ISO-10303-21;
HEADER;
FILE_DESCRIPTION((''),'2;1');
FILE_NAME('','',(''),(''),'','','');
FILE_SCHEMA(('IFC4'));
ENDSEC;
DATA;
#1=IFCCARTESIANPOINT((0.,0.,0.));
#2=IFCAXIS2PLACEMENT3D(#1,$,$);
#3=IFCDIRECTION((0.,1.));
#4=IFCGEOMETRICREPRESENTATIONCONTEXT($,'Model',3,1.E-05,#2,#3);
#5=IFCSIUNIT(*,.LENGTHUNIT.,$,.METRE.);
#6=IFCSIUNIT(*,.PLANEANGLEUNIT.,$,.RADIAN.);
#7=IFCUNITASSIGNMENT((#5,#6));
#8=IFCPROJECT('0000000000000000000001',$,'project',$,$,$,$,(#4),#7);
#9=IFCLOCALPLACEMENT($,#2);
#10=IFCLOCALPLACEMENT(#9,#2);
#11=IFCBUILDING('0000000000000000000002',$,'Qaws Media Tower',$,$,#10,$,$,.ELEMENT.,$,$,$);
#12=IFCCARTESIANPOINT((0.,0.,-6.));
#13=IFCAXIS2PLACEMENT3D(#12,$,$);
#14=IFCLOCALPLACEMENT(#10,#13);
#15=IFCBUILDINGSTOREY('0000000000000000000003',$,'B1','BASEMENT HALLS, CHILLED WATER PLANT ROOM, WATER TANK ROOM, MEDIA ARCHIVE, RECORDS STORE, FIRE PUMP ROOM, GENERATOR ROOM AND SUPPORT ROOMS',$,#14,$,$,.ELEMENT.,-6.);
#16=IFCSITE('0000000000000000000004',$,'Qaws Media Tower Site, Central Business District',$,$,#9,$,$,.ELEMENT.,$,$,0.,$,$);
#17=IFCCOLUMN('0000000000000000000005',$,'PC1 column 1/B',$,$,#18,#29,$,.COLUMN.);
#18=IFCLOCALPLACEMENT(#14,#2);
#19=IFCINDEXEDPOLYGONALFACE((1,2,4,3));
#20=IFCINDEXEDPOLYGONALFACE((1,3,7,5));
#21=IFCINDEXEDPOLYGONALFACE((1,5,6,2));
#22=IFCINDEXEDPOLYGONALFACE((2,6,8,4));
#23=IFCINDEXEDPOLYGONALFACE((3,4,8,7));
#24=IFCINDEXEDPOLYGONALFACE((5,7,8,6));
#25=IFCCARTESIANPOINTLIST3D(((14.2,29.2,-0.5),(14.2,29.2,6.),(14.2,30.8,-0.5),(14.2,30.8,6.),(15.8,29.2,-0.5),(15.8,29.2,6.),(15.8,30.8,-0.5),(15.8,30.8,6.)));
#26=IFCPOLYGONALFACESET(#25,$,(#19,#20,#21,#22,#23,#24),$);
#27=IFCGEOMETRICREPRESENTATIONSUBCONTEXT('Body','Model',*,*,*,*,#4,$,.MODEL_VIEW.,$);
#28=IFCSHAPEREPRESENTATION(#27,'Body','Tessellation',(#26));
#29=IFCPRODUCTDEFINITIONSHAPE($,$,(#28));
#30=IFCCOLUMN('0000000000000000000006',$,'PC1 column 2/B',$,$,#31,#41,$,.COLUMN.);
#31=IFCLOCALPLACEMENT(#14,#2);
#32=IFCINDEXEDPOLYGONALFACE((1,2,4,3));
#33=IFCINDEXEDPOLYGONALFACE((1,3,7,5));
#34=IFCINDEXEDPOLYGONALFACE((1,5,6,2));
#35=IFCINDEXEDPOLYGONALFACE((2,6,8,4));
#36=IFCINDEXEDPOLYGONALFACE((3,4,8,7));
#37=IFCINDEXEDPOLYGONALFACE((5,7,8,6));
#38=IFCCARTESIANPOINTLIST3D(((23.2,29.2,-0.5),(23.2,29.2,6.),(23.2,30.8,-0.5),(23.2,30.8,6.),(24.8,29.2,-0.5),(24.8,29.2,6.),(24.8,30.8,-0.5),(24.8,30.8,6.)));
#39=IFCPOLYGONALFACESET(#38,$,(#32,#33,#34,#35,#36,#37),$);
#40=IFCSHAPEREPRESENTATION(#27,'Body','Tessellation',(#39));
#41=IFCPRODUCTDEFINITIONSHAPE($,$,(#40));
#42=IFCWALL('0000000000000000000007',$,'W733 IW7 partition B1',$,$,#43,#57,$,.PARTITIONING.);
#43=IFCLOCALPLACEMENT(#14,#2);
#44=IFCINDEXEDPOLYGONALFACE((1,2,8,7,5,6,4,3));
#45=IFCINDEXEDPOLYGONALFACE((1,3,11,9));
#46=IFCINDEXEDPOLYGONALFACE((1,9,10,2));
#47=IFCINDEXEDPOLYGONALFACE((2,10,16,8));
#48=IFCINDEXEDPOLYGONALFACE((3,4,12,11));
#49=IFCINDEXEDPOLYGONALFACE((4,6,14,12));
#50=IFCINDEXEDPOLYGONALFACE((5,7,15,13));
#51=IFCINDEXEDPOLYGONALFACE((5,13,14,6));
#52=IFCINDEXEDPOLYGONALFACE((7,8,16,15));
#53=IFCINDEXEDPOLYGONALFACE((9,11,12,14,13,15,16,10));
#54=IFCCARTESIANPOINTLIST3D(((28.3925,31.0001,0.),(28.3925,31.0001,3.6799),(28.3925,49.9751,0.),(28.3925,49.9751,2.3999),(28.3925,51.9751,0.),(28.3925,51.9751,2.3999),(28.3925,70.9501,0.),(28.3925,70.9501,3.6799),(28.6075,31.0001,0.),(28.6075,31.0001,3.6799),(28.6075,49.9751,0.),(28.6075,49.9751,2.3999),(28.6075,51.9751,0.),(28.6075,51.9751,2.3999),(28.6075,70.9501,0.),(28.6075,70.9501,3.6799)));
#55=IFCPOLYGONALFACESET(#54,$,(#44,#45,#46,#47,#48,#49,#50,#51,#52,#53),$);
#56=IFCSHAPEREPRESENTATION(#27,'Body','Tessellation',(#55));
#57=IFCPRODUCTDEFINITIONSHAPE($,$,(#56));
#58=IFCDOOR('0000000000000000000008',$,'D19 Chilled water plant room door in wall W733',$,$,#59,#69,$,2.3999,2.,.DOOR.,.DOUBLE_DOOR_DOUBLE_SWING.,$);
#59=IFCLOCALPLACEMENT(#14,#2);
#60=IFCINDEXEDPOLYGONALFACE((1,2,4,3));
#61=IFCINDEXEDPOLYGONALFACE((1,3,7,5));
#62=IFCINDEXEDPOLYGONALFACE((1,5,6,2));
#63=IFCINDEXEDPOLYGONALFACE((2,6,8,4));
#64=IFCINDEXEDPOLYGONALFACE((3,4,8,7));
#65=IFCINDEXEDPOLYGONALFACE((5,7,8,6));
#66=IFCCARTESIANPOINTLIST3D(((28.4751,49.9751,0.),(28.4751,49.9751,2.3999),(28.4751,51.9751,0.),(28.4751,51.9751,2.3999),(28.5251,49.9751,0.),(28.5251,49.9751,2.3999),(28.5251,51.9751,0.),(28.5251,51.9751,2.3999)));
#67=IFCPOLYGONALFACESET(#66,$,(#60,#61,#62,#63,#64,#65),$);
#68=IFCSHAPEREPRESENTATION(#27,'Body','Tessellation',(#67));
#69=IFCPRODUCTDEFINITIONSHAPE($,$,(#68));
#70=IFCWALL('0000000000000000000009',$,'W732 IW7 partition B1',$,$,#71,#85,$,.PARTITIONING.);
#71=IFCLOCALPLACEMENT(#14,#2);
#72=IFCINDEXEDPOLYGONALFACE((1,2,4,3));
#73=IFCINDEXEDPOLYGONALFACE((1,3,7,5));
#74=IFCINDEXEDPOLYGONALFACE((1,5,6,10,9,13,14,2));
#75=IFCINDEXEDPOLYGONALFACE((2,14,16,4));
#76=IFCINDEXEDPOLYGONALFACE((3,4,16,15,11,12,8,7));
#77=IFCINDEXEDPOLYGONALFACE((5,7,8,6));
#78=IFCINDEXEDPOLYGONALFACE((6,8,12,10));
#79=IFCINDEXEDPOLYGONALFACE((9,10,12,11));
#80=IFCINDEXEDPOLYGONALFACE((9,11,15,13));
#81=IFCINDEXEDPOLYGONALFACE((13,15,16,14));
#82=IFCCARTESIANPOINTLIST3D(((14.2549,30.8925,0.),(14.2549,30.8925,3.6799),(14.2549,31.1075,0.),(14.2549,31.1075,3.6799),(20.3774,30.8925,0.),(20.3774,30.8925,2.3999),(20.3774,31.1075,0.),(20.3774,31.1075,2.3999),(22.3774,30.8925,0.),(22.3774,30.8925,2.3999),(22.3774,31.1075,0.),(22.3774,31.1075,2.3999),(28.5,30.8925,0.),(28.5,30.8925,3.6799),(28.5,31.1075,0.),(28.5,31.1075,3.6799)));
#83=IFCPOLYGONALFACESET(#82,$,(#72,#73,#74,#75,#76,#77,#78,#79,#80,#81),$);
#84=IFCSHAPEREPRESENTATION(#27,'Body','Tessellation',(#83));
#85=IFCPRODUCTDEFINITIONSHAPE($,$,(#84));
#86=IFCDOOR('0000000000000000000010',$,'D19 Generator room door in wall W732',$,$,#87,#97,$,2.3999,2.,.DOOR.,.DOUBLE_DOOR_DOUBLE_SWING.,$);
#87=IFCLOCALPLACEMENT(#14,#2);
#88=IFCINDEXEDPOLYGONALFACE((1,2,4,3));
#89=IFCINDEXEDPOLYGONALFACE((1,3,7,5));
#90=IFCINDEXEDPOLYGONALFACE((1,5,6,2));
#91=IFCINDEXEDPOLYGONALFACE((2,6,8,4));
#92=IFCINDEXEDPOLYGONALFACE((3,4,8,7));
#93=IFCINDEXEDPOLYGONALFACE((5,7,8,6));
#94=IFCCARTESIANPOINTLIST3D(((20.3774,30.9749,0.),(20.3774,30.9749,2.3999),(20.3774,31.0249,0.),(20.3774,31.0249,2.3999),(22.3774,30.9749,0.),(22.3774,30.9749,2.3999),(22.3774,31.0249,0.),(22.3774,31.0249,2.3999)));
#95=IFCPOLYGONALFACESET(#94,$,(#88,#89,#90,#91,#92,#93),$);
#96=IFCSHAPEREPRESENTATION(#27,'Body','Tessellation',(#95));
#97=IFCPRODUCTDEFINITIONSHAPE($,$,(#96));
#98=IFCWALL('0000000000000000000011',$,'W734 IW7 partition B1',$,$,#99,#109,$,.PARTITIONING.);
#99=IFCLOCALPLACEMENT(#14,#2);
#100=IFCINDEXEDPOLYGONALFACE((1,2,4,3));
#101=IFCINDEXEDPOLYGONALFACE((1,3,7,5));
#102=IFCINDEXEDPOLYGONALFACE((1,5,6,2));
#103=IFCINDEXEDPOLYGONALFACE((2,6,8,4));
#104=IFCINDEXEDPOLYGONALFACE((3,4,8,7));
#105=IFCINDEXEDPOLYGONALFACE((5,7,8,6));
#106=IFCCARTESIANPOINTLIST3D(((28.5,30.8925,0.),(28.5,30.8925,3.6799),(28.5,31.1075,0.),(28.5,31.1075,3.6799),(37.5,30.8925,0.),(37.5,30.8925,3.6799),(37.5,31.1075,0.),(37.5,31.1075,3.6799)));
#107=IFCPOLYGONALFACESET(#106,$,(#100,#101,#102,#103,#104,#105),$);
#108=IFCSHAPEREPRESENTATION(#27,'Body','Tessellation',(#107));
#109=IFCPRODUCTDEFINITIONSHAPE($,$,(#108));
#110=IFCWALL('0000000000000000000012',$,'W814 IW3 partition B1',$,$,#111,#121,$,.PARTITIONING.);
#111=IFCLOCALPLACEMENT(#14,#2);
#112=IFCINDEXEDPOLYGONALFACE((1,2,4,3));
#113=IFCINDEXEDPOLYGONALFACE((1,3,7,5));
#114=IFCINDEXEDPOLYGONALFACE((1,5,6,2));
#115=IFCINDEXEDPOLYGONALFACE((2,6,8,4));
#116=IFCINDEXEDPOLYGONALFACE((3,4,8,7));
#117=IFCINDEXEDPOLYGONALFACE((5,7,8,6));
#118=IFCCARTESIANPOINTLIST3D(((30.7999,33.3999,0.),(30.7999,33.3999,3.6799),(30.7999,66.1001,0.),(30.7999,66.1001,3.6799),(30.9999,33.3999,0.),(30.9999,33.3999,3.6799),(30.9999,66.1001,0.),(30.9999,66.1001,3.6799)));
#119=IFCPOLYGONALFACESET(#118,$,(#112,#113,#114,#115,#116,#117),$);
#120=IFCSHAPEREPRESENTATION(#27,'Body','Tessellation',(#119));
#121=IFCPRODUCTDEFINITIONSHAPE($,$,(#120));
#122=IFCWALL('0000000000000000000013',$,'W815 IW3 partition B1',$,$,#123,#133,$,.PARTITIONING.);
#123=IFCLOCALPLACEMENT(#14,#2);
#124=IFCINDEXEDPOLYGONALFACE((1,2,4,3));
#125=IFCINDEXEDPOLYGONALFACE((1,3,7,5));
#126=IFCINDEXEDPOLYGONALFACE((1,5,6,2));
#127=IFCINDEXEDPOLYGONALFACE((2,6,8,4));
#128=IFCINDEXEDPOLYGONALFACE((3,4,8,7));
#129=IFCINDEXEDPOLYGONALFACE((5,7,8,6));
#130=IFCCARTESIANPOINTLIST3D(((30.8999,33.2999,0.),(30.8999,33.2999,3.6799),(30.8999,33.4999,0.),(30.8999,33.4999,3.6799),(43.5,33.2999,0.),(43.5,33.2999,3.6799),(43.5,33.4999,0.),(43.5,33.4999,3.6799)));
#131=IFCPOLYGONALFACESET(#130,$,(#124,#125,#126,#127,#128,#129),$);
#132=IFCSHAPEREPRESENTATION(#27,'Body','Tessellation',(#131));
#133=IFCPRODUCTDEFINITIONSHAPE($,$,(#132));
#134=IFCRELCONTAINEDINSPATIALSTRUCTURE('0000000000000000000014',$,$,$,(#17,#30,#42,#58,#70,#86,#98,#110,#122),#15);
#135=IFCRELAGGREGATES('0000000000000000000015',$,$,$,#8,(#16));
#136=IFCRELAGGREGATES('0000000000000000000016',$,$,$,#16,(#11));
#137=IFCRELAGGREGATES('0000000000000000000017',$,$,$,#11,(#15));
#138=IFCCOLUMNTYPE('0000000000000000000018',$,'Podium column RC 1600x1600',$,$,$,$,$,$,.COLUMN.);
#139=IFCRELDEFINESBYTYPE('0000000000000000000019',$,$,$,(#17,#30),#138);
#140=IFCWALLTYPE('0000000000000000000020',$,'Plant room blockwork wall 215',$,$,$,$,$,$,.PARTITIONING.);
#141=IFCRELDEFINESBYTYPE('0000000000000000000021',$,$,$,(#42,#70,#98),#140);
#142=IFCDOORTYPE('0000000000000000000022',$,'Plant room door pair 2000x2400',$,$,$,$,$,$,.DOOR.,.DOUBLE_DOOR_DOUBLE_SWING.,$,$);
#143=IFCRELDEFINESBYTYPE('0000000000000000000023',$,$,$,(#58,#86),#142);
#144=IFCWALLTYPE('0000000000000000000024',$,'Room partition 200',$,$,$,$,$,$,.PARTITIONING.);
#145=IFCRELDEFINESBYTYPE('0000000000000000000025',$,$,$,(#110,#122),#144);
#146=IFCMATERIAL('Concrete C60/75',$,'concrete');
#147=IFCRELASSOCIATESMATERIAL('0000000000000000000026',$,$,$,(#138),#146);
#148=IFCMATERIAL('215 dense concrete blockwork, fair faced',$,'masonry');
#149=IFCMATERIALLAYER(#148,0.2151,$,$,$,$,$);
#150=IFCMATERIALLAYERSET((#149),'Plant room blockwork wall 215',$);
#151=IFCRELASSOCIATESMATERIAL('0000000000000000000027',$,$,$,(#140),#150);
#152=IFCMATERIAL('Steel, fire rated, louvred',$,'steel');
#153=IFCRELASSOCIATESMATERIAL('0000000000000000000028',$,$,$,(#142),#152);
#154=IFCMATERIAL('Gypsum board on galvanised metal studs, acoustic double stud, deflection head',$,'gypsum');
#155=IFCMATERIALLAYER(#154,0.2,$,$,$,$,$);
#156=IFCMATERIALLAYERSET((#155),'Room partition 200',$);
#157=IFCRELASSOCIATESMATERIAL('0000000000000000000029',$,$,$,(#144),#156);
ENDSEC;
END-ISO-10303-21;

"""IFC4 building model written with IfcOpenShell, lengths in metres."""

from ifc_helpers import new_model, si_unit, direction, frame, frame_2d, origin, origin_2d, place, context, subcontext, project, spatial, rectangle, extrude, material, layer, layer_set, material_profile, profile_set, type_object, element, fill, save


model = new_model("IFC4")

# Units and contexts
model_context = context("Model", 3, precision=1e-05, world=origin(), true_north=direction((0.0, 1.0)))
body_context = subcontext(model_context, "Body", "Model", "MODEL_VIEW")
ifc_project = project(units=[si_unit("LENGTHUNIT", "METRE"), si_unit("PLANEANGLEUNIT", "RADIAN")], contexts=[model_context])

# Site, building, storey
site_placement = place(None, origin())
site = spatial("IfcSite", under=ifc_project, at=site_placement, Name="Qaws Media Tower Site, Central Business District", CompositionType="ELEMENT", RefElevation=0.0)
building_placement = place(site_placement, origin())
building = spatial("IfcBuilding", under=site, at=building_placement, Name="Qaws Media Tower", CompositionType="ELEMENT")
storey_placement = place(building_placement, frame((0.0, 0.0, -6.0)))
storey = spatial("IfcBuildingStorey", under=building, at=storey_placement, Name="B1", Description="BASEMENT HALLS, CHILLED WATER PLANT ROOM, WATER TANK ROOM, MEDIA ARCHIVE, RECORDS STORE, FIRE PUMP ROOM, GENERATOR ROOM AND SUPPORT ROOMS", CompositionType="ELEMENT", Elevation=-6.0)

# Columns
ifc_material_1 = material(Name="Concrete C60/75", Category="concrete")
ifc_material_profile_1 = material_profile(ifc_material_1, rectangle(XDim=1.6001, YDim=1.6001, at=origin_2d()), Name="RC 1600x1600")
ifc_profile_set_1 = profile_set([ifc_material_profile_1], Name="Concrete C60/75")
column_type = type_object("IfcColumnType", Name="Podium column RC 1600x1600", PredefinedType="COLUMN", material=ifc_profile_set_1)
for number, where, z_axis, x_axis, name in (
    (1, (15.0, 30.0, -0.5), (0.0, 0.0, 1.0), (1.0, 0.0, 0.0), "PC1 column 1/B"),
    (2, (24.0, 30.0, -0.5), (0.0, 0.0, 1.0), (1.0, 0.0, 0.0), "PC1 column 2/B"),
):
    element("IfcColumn", number, at=place(storey_placement, frame(where, z_axis=z_axis, x_axis=x_axis)), inside=storey, type_object=column_type, Name=name, PredefinedType="COLUMN", context=body_context, shape_type="SweptSolid", body=[
        extrude(rectangle(XDim=1.6001, YDim=1.6001, at=origin_2d()), origin(), (0.0, 0.0, 1.0), 6.5),
    ])

# Walls, openings, doors
ifc_material_2 = material(Name="215 dense concrete blockwork, fair faced", Category="masonry")
ifc_layer_1 = layer(ifc_material_2, 0.2151)
ifc_layer_set_1 = layer_set([ifc_layer_1], Name="Plant room blockwork wall 215")
wall_type_1 = type_object("IfcWallType", Name="Plant room blockwork wall 215", PredefinedType="PARTITIONING", material=ifc_layer_set_1)
wall_1_placement = place(storey_placement, frame((28.5, 31.0, 0.0), z_axis=(0.0, 0.0, 1.0), x_axis=(0.0, 1.0, 0.0)))
wall_1 = element("IfcWall", 3, at=wall_1_placement, inside=storey, type_object=wall_type_1, Name="W733 IW7 partition B1", PredefinedType="PARTITIONING", context=body_context, shape_type="SweptSolid", body=[
    extrude(rectangle(XDim=39.95, YDim=0.2151, at=frame_2d((19.9751, 0.0))), origin(), (0.0, 0.0, 1.0), 3.6799),
])
opening_1_placement = place(wall_1_placement, frame((18.9751, 0.0, 0.0)))
opening_1 = element("IfcOpeningElement", 4, at=opening_1_placement, cuts=wall_1, PredefinedType="OPENING", context=body_context, shape_type="SweptSolid", body=[
    extrude(rectangle(XDim=2.0, YDim=2.3999, at=frame_2d((1.0, 1.2))), frame((0.0, 0.1174, 0.0), z_axis=(0.0, -1.0, 0.0), x_axis=(1.0, 0.0, 0.0)), (0.0, 0.0, 1.0), 0.2351),
])
ifc_material_3 = material(Name="Steel, fire rated, louvred", Category="steel")
door_type = type_object("IfcDoorType", Name="Plant room door pair 2000x2400", OperationType="DOUBLE_DOOR_DOUBLE_SWING", PredefinedType="DOOR", material=ifc_material_3)
door_1_placement = place(opening_1_placement, origin())
door_1 = element("IfcDoor", 5, at=door_1_placement, inside=storey, type_object=door_type, Name="D19 Chilled water plant room door in wall W733", OperationType="DOUBLE_DOOR_DOUBLE_SWING", OverallHeight=2.3999, OverallWidth=2.0, PredefinedType="DOOR", context=body_context, shape_type="SweptSolid", body=[
    extrude(rectangle(XDim=2.0, YDim=2.3999, at=frame_2d((1.0, 1.2))), frame((0.0, 0.0249, 0.0), z_axis=(0.0, -1.0, 0.0), x_axis=(1.0, 0.0, 0.0)), (0.0, 0.0, 1.0), 0.05),
])
fill(opening_1, door_1)
wall_2_placement = place(storey_placement, frame((14.2549, 31.0, 0.0), z_axis=(0.0, 0.0, 1.0), x_axis=(1.0, 0.0, 0.0)))
wall_2 = element("IfcWall", 6, at=wall_2_placement, inside=storey, type_object=wall_type_1, Name="W732 IW7 partition B1", PredefinedType="PARTITIONING", context=body_context, shape_type="SweptSolid", body=[
    extrude(rectangle(XDim=14.2451, YDim=0.2151, at=frame_2d((7.1226, 0.0))), origin(), (0.0, 0.0, 1.0), 3.6799),
])
opening_2_placement = place(wall_2_placement, frame((6.1226, 0.0, 0.0)))
opening_2 = element("IfcOpeningElement", 7, at=opening_2_placement, cuts=wall_2, PredefinedType="OPENING", context=body_context, shape_type="SweptSolid", body=[
    extrude(rectangle(XDim=2.0, YDim=2.3999, at=frame_2d((1.0, 1.2))), frame((0.0, 0.1174, 0.0), z_axis=(0.0, -1.0, 0.0), x_axis=(1.0, 0.0, 0.0)), (0.0, 0.0, 1.0), 0.2351),
])
door_2_placement = place(opening_2_placement, origin())
door_2 = element("IfcDoor", 8, at=door_2_placement, inside=storey, type_object=door_type, Name="D19 Generator room door in wall W732", OperationType="DOUBLE_DOOR_DOUBLE_SWING", OverallHeight=2.3999, OverallWidth=2.0, PredefinedType="DOOR", context=body_context, shape_type="SweptSolid", body=[
    extrude(rectangle(XDim=2.0, YDim=2.3999, at=frame_2d((1.0, 1.2))), frame((0.0, 0.0249, 0.0), z_axis=(0.0, -1.0, 0.0), x_axis=(1.0, 0.0, 0.0)), (0.0, 0.0, 1.0), 0.05),
])
fill(opening_2, door_2)

# Walls
wall_3_placement = place(storey_placement, frame((28.5, 31.0, 0.0), z_axis=(0.0, 0.0, 1.0), x_axis=(1.0, 0.0, 0.0)))
element("IfcWall", 9, at=wall_3_placement, inside=storey, type_object=wall_type_1, Name="W734 IW7 partition B1", PredefinedType="PARTITIONING", context=body_context, shape_type="SweptSolid", body=[
    extrude(rectangle(XDim=9.0, YDim=0.2151, at=frame_2d((4.5, 0.0))), origin(), (0.0, 0.0, 1.0), 3.6799),
])
ifc_material_4 = material(Name="Gypsum board on galvanised metal studs, acoustic double stud, deflection head", Category="gypsum")
ifc_layer_2 = layer(ifc_material_4, 0.2)
ifc_layer_set_2 = layer_set([ifc_layer_2], Name="Room partition 200")
wall_type_2 = type_object("IfcWallType", Name="Room partition 200", PredefinedType="PARTITIONING", material=ifc_layer_set_2)
wall_4_placement = place(storey_placement, frame((30.8999, 33.3999, 0.0), z_axis=(0.0, 0.0, 1.0), x_axis=(0.0, 1.0, 0.0)))
element("IfcWall", 10, at=wall_4_placement, inside=storey, type_object=wall_type_2, Name="W814 IW3 partition B1", PredefinedType="PARTITIONING", context=body_context, shape_type="SweptSolid", body=[
    extrude(rectangle(XDim=32.7002, YDim=0.2, at=frame_2d((16.3501, 0.0))), origin(), (0.0, 0.0, 1.0), 3.6799),
])
wall_5_placement = place(storey_placement, frame((30.8999, 33.3999, 0.0), z_axis=(0.0, 0.0, 1.0), x_axis=(1.0, 0.0, 0.0)))
element("IfcWall", 11, at=wall_5_placement, inside=storey, type_object=wall_type_2, Name="W815 IW3 partition B1", PredefinedType="PARTITIONING", context=body_context, shape_type="SweptSolid", body=[
    extrude(rectangle(XDim=12.6001, YDim=0.2, at=frame_2d((6.3, 0.0))), origin(), (0.0, 0.0, 1.0), 3.6799),
])

save(model, "model.ifc")
